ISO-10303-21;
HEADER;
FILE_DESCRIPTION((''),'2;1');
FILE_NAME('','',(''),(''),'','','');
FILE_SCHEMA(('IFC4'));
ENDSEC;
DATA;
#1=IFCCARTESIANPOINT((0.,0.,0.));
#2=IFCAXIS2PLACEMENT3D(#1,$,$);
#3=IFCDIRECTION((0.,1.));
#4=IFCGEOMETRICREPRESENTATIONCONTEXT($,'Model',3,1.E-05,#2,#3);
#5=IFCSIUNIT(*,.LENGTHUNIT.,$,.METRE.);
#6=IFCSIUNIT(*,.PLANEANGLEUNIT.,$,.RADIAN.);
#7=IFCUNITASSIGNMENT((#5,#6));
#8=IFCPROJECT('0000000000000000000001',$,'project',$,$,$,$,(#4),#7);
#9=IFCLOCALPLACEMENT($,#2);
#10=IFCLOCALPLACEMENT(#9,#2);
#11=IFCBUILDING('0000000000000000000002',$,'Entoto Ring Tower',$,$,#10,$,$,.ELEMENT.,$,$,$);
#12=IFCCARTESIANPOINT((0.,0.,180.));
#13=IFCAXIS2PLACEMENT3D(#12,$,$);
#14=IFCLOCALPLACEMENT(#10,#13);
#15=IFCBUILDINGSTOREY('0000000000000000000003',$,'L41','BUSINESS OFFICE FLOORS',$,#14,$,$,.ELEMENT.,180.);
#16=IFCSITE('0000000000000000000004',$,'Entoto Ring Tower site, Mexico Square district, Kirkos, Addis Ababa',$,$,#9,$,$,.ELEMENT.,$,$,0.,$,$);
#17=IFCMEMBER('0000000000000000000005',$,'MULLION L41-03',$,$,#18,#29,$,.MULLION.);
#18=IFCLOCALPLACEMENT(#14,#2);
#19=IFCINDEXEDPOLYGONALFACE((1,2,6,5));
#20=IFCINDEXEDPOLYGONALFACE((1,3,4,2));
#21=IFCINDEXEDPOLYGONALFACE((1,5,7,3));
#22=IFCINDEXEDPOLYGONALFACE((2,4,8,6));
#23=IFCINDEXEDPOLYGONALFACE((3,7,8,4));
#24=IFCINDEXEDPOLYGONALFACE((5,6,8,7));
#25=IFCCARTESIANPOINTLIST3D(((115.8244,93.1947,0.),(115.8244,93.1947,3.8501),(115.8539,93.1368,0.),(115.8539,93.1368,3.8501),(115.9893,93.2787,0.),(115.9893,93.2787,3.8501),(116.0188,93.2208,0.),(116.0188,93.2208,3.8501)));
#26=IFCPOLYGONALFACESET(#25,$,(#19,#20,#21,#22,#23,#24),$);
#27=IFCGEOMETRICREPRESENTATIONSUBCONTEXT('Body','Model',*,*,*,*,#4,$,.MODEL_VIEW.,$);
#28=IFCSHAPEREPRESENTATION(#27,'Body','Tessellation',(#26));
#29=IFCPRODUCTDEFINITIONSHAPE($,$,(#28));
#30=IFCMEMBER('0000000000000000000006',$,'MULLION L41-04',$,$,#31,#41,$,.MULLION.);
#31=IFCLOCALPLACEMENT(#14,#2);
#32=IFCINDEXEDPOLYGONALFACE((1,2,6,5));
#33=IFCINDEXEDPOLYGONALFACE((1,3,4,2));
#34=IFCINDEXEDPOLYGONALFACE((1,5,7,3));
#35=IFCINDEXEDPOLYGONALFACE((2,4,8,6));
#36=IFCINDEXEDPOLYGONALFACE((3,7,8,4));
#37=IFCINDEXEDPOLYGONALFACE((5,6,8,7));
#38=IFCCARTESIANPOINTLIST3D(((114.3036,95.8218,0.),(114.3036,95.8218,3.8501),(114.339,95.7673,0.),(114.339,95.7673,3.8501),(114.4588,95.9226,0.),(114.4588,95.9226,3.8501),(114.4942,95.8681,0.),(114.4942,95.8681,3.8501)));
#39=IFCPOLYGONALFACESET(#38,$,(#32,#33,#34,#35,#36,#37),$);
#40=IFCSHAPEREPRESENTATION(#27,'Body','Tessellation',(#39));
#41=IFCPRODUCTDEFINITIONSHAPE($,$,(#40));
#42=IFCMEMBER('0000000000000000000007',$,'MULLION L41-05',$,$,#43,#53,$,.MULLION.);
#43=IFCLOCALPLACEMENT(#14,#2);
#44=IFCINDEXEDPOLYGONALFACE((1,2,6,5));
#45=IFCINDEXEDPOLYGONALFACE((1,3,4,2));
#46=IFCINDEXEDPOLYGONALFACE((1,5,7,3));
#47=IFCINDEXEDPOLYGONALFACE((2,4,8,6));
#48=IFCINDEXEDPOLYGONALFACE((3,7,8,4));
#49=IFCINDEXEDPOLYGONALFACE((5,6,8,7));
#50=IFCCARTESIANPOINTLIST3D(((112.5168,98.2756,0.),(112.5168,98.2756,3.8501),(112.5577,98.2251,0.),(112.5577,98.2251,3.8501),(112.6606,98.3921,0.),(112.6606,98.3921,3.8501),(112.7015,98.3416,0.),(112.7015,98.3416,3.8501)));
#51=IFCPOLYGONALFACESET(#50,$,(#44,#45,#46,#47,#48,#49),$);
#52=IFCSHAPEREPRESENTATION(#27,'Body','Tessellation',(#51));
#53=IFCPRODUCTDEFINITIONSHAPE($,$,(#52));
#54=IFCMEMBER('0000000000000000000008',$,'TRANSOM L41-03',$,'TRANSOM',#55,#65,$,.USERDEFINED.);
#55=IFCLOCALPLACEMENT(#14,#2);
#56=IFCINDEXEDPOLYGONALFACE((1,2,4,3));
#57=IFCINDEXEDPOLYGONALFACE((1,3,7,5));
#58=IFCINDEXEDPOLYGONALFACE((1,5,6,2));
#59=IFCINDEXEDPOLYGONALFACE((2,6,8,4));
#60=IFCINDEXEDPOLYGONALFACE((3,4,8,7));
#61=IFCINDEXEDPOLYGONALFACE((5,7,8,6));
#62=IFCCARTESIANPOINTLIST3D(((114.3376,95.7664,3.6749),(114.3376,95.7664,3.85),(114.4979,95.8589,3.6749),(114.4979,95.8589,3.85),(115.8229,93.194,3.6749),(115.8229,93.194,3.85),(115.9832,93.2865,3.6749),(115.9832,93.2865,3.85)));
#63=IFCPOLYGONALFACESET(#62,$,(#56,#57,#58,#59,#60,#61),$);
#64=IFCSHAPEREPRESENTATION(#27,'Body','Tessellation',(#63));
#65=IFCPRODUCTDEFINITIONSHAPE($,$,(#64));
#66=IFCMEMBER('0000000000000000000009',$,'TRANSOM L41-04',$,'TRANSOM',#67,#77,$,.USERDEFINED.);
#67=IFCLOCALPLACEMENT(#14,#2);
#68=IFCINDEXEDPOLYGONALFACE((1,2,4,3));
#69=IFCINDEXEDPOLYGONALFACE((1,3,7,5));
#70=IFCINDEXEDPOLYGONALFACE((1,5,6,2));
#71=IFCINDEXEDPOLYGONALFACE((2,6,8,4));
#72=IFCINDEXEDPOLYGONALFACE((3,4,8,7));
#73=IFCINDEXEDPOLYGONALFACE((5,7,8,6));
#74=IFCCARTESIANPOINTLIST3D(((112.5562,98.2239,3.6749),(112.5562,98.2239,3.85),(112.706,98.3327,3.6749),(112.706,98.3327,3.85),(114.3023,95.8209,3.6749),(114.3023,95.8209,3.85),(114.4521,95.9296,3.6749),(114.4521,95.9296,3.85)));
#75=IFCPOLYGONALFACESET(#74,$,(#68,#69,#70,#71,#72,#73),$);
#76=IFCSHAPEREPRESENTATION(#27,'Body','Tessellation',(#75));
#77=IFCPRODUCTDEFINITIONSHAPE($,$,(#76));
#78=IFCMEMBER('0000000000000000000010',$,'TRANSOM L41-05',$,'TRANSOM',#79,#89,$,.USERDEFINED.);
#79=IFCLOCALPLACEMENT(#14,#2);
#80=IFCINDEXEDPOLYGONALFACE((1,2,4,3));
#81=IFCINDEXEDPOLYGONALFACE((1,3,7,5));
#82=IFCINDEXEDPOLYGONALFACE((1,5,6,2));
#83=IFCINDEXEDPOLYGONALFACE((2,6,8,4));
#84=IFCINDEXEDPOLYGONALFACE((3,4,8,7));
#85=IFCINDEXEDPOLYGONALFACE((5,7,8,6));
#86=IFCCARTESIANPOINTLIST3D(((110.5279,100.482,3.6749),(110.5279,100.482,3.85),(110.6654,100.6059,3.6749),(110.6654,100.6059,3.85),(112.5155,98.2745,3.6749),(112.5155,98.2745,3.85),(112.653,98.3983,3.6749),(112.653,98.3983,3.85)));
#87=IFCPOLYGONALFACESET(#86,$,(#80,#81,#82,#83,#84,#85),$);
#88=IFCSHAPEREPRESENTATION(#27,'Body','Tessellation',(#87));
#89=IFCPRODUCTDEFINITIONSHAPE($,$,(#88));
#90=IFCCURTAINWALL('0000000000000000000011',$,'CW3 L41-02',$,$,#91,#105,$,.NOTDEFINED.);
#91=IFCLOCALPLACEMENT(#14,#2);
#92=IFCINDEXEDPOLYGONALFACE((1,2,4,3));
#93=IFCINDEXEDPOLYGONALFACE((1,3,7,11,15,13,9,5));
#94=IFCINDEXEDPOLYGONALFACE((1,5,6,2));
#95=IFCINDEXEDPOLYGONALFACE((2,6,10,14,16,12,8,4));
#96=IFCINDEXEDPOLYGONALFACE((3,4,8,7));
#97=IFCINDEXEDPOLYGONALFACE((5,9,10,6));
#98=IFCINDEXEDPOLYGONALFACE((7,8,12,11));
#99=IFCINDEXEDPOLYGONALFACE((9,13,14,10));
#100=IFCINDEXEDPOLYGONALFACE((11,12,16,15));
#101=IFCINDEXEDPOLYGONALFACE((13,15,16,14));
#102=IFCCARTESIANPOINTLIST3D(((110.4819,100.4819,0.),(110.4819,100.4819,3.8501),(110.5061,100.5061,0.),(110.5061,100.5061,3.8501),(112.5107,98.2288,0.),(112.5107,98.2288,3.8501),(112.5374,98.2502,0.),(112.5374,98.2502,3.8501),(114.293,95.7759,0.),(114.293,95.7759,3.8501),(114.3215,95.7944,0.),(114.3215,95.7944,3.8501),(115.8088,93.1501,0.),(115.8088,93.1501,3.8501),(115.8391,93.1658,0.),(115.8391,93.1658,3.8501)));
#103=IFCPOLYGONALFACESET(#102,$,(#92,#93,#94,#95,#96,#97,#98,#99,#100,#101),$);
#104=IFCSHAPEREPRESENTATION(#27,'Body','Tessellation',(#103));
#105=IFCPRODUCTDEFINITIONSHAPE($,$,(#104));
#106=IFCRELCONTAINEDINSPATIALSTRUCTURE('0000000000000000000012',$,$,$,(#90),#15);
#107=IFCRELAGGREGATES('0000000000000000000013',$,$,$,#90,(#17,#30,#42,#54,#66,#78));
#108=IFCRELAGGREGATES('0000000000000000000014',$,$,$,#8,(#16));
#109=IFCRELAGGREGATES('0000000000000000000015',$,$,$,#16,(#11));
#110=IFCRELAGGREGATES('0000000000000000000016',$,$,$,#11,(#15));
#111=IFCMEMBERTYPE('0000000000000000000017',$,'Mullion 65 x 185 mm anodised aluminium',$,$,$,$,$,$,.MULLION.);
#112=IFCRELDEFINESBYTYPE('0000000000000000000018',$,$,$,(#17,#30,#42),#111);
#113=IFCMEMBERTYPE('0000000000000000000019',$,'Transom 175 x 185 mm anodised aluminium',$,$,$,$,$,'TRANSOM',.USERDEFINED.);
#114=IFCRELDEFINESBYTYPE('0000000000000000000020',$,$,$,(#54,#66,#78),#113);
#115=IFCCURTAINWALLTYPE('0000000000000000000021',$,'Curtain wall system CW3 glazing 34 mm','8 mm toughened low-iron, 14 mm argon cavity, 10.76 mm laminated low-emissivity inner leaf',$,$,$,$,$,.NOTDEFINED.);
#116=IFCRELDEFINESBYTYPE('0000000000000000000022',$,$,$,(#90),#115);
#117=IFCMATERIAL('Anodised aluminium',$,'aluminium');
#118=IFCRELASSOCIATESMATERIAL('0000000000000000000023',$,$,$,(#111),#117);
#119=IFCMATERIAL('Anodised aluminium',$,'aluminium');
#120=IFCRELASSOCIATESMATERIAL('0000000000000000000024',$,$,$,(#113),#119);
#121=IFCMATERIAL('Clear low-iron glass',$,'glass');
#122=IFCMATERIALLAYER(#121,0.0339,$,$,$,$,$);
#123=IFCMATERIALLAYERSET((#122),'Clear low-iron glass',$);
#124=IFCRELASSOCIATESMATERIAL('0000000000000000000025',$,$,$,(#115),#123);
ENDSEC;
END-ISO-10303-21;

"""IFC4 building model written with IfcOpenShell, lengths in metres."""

from ifc_helpers import new_model, si_unit, direction, frame, origin, origin_2d, place, context, subcontext, project, spatial, polyline, rectangle, outline, extrude, material, layer, layer_set, material_profile, profile_set, type_object, element, aggregate, save


model = new_model("IFC4")

# Units and contexts
model_context = context("Model", 3, precision=1e-05, world=origin(), true_north=direction((0.0, 1.0)))
body_context = subcontext(model_context, "Body", "Model", "MODEL_VIEW")
ifc_project = project(units=[si_unit("LENGTHUNIT", "METRE"), si_unit("PLANEANGLEUNIT", "RADIAN")], contexts=[model_context])

# Members
ifc_material_1 = material(Name="Anodised aluminium", Category="aluminium")
ifc_material_profile_1 = material_profile(ifc_material_1, rectangle(XDim=0.0649, YDim=0.1851, at=origin_2d()), Name="Mullion 65 x 185 mm anodised aluminium")
ifc_profile_set_1 = profile_set([ifc_material_profile_1], Name="Anodised aluminium")
member_type_1 = type_object("IfcMemberType", Name="Mullion 65 x 185 mm anodised aluminium", PredefinedType="MULLION", material=ifc_profile_set_1)
site_placement = place(None, origin())
building_placement = place(site_placement, origin())
storey_placement = place(building_placement, frame((0.0, 0.0, 180.0)))
member_1_placement = place(storey_placement, frame((115.9216, 93.2078, 0.0), z_axis=(0.0, 0.0, 1.0), x_axis=(-0.45399, 0.891007, 0.0)))
member_1 = element("IfcMember", 1, at=member_1_placement, type_object=member_type_1, Name="MULLION L41-03", PredefinedType="MULLION", context=body_context, shape_type="SweptSolid", body=[
    extrude(rectangle(XDim=0.0649, YDim=0.1851, at=origin_2d()), origin(), (0.0, 0.0, 1.0), 3.8501),
])
member_2_placement = place(storey_placement, frame((114.3989, 95.845, 0.0), z_axis=(0.0, 0.0, 1.0), x_axis=(-0.544639, 0.838671, 0.0)))
member_2 = element("IfcMember", 2, at=member_2_placement, type_object=member_type_1, Name="MULLION L41-04", PredefinedType="MULLION", context=body_context, shape_type="SweptSolid", body=[
    extrude(rectangle(XDim=0.0649, YDim=0.1851, at=origin_2d()), origin(), (0.0, 0.0, 1.0), 3.8501),
])
member_3_placement = place(storey_placement, frame((112.6091, 98.3086, 0.0), z_axis=(0.0, 0.0, 1.0), x_axis=(-0.62932, 0.777146, 0.0)))
member_3 = element("IfcMember", 3, at=member_3_placement, type_object=member_type_1, Name="MULLION L41-05", PredefinedType="MULLION", context=body_context, shape_type="SweptSolid", body=[
    extrude(rectangle(XDim=0.0649, YDim=0.1851, at=origin_2d()), origin(), (0.0, 0.0, 1.0), 3.8501),
])
ifc_material_2 = material(Name="Anodised aluminium", Category="aluminium")
ifc_material_profile_2 = material_profile(ifc_material_2, rectangle(XDim=0.1851, YDim=0.175, at=origin_2d()), Name="Transom 175 x 185 mm anodised aluminium")
ifc_profile_set_2 = profile_set([ifc_material_profile_2], Name="Anodised aluminium")
member_type_2 = type_object("IfcMemberType", Name="Transom 175 x 185 mm anodised aluminium", ElementType="TRANSOM", PredefinedType="USERDEFINED", material=ifc_profile_set_2)
member_4_placement = place(storey_placement, frame((115.9031, 93.2402, 3.7625), z_axis=(-0.500028, 0.866009, 0.0), x_axis=(-0.866009, -0.500028, 0.0)))
member_4 = element("IfcMember", 4, at=member_4_placement, type_object=member_type_2, Name="TRANSOM L41-03", ObjectType="TRANSOM", PredefinedType="USERDEFINED", context=body_context, shape_type="SweptSolid", body=[
    extrude(rectangle(XDim=0.1851, YDim=0.175, at=origin_2d()), origin(), (0.0, 0.0, 1.0), 2.9705),
])
member_5_placement = place(storey_placement, frame((114.3772, 95.8752, 3.7625), z_axis=(-0.58782, 0.808992, 0.0), x_axis=(-0.808992, -0.58782, 0.0)))
member_5 = element("IfcMember", 5, at=member_5_placement, type_object=member_type_2, Name="TRANSOM L41-04", ObjectType="TRANSOM", PredefinedType="USERDEFINED", context=body_context, shape_type="SweptSolid", body=[
    extrude(rectangle(XDim=0.1851, YDim=0.175, at=origin_2d()), origin(), (0.0, 0.0, 1.0), 2.9705),
])
member_6_placement = place(storey_placement, frame((112.5842, 98.3364, 3.7625), z_axis=(-0.66911, 0.743163, 0.0), x_axis=(-0.743163, -0.66911, 0.0)))
member_6 = element("IfcMember", 6, at=member_6_placement, type_object=member_type_2, Name="TRANSOM L41-05", ObjectType="TRANSOM", PredefinedType="USERDEFINED", context=body_context, shape_type="SweptSolid", body=[
    extrude(rectangle(XDim=0.1851, YDim=0.175, at=origin_2d()), origin(), (0.0, 0.0, 1.0), 2.9705),
])

# Site, building, storey
site = spatial("IfcSite", under=ifc_project, at=site_placement, Name="Entoto Ring Tower site, Mexico Square district, Kirkos, Addis Ababa", CompositionType="ELEMENT", RefElevation=0.0)
building = spatial("IfcBuilding", under=site, at=building_placement, Name="Entoto Ring Tower", CompositionType="ELEMENT")
storey = spatial("IfcBuildingStorey", under=building, at=storey_placement, Name="L41", Description="BUSINESS OFFICE FLOORS", CompositionType="ELEMENT", Elevation=180.0)

# Curtain wall
ifc_material_3 = material(Name="Clear low-iron glass", Category="glass")
ifc_layer_1 = layer(ifc_material_3, 0.0339)
ifc_layer_set_1 = layer_set([ifc_layer_1], Name="Clear low-iron glass")
curtain_wall_type = type_object("IfcCurtainWallType", Name="Curtain wall system CW3 glazing 34 mm", Description="8 mm toughened low-iron, 14 mm argon cavity, 10.76 mm laminated low-emissivity inner leaf", PredefinedType="NOTDEFINED", material=ifc_layer_set_1)
curtain_wall_1_placement = place(storey_placement, origin())
curtain_wall_1 = element("IfcCurtainWall", 7, at=curtain_wall_1_placement, inside=storey, type_object=curtain_wall_type, Name="CW3 L41-02", PredefinedType="NOTDEFINED", context=body_context, shape_type="SweptSolid", body=[
    extrude(outline(polyline([(115.8391, 93.1658), (114.3215, 95.7944), (112.5374, 98.2502), (110.5061, 100.5061), (110.4819, 100.4819), (112.5107, 98.2288), (114.293, 95.7759), (115.8088, 93.1501), (115.8391, 93.1658)])), origin(), (0.0, 0.0, 1.0), 3.8501),
])
aggregate(curtain_wall_1, [member_1, member_2, member_3, member_4, member_5, member_6])

save(model, "model.ifc")
